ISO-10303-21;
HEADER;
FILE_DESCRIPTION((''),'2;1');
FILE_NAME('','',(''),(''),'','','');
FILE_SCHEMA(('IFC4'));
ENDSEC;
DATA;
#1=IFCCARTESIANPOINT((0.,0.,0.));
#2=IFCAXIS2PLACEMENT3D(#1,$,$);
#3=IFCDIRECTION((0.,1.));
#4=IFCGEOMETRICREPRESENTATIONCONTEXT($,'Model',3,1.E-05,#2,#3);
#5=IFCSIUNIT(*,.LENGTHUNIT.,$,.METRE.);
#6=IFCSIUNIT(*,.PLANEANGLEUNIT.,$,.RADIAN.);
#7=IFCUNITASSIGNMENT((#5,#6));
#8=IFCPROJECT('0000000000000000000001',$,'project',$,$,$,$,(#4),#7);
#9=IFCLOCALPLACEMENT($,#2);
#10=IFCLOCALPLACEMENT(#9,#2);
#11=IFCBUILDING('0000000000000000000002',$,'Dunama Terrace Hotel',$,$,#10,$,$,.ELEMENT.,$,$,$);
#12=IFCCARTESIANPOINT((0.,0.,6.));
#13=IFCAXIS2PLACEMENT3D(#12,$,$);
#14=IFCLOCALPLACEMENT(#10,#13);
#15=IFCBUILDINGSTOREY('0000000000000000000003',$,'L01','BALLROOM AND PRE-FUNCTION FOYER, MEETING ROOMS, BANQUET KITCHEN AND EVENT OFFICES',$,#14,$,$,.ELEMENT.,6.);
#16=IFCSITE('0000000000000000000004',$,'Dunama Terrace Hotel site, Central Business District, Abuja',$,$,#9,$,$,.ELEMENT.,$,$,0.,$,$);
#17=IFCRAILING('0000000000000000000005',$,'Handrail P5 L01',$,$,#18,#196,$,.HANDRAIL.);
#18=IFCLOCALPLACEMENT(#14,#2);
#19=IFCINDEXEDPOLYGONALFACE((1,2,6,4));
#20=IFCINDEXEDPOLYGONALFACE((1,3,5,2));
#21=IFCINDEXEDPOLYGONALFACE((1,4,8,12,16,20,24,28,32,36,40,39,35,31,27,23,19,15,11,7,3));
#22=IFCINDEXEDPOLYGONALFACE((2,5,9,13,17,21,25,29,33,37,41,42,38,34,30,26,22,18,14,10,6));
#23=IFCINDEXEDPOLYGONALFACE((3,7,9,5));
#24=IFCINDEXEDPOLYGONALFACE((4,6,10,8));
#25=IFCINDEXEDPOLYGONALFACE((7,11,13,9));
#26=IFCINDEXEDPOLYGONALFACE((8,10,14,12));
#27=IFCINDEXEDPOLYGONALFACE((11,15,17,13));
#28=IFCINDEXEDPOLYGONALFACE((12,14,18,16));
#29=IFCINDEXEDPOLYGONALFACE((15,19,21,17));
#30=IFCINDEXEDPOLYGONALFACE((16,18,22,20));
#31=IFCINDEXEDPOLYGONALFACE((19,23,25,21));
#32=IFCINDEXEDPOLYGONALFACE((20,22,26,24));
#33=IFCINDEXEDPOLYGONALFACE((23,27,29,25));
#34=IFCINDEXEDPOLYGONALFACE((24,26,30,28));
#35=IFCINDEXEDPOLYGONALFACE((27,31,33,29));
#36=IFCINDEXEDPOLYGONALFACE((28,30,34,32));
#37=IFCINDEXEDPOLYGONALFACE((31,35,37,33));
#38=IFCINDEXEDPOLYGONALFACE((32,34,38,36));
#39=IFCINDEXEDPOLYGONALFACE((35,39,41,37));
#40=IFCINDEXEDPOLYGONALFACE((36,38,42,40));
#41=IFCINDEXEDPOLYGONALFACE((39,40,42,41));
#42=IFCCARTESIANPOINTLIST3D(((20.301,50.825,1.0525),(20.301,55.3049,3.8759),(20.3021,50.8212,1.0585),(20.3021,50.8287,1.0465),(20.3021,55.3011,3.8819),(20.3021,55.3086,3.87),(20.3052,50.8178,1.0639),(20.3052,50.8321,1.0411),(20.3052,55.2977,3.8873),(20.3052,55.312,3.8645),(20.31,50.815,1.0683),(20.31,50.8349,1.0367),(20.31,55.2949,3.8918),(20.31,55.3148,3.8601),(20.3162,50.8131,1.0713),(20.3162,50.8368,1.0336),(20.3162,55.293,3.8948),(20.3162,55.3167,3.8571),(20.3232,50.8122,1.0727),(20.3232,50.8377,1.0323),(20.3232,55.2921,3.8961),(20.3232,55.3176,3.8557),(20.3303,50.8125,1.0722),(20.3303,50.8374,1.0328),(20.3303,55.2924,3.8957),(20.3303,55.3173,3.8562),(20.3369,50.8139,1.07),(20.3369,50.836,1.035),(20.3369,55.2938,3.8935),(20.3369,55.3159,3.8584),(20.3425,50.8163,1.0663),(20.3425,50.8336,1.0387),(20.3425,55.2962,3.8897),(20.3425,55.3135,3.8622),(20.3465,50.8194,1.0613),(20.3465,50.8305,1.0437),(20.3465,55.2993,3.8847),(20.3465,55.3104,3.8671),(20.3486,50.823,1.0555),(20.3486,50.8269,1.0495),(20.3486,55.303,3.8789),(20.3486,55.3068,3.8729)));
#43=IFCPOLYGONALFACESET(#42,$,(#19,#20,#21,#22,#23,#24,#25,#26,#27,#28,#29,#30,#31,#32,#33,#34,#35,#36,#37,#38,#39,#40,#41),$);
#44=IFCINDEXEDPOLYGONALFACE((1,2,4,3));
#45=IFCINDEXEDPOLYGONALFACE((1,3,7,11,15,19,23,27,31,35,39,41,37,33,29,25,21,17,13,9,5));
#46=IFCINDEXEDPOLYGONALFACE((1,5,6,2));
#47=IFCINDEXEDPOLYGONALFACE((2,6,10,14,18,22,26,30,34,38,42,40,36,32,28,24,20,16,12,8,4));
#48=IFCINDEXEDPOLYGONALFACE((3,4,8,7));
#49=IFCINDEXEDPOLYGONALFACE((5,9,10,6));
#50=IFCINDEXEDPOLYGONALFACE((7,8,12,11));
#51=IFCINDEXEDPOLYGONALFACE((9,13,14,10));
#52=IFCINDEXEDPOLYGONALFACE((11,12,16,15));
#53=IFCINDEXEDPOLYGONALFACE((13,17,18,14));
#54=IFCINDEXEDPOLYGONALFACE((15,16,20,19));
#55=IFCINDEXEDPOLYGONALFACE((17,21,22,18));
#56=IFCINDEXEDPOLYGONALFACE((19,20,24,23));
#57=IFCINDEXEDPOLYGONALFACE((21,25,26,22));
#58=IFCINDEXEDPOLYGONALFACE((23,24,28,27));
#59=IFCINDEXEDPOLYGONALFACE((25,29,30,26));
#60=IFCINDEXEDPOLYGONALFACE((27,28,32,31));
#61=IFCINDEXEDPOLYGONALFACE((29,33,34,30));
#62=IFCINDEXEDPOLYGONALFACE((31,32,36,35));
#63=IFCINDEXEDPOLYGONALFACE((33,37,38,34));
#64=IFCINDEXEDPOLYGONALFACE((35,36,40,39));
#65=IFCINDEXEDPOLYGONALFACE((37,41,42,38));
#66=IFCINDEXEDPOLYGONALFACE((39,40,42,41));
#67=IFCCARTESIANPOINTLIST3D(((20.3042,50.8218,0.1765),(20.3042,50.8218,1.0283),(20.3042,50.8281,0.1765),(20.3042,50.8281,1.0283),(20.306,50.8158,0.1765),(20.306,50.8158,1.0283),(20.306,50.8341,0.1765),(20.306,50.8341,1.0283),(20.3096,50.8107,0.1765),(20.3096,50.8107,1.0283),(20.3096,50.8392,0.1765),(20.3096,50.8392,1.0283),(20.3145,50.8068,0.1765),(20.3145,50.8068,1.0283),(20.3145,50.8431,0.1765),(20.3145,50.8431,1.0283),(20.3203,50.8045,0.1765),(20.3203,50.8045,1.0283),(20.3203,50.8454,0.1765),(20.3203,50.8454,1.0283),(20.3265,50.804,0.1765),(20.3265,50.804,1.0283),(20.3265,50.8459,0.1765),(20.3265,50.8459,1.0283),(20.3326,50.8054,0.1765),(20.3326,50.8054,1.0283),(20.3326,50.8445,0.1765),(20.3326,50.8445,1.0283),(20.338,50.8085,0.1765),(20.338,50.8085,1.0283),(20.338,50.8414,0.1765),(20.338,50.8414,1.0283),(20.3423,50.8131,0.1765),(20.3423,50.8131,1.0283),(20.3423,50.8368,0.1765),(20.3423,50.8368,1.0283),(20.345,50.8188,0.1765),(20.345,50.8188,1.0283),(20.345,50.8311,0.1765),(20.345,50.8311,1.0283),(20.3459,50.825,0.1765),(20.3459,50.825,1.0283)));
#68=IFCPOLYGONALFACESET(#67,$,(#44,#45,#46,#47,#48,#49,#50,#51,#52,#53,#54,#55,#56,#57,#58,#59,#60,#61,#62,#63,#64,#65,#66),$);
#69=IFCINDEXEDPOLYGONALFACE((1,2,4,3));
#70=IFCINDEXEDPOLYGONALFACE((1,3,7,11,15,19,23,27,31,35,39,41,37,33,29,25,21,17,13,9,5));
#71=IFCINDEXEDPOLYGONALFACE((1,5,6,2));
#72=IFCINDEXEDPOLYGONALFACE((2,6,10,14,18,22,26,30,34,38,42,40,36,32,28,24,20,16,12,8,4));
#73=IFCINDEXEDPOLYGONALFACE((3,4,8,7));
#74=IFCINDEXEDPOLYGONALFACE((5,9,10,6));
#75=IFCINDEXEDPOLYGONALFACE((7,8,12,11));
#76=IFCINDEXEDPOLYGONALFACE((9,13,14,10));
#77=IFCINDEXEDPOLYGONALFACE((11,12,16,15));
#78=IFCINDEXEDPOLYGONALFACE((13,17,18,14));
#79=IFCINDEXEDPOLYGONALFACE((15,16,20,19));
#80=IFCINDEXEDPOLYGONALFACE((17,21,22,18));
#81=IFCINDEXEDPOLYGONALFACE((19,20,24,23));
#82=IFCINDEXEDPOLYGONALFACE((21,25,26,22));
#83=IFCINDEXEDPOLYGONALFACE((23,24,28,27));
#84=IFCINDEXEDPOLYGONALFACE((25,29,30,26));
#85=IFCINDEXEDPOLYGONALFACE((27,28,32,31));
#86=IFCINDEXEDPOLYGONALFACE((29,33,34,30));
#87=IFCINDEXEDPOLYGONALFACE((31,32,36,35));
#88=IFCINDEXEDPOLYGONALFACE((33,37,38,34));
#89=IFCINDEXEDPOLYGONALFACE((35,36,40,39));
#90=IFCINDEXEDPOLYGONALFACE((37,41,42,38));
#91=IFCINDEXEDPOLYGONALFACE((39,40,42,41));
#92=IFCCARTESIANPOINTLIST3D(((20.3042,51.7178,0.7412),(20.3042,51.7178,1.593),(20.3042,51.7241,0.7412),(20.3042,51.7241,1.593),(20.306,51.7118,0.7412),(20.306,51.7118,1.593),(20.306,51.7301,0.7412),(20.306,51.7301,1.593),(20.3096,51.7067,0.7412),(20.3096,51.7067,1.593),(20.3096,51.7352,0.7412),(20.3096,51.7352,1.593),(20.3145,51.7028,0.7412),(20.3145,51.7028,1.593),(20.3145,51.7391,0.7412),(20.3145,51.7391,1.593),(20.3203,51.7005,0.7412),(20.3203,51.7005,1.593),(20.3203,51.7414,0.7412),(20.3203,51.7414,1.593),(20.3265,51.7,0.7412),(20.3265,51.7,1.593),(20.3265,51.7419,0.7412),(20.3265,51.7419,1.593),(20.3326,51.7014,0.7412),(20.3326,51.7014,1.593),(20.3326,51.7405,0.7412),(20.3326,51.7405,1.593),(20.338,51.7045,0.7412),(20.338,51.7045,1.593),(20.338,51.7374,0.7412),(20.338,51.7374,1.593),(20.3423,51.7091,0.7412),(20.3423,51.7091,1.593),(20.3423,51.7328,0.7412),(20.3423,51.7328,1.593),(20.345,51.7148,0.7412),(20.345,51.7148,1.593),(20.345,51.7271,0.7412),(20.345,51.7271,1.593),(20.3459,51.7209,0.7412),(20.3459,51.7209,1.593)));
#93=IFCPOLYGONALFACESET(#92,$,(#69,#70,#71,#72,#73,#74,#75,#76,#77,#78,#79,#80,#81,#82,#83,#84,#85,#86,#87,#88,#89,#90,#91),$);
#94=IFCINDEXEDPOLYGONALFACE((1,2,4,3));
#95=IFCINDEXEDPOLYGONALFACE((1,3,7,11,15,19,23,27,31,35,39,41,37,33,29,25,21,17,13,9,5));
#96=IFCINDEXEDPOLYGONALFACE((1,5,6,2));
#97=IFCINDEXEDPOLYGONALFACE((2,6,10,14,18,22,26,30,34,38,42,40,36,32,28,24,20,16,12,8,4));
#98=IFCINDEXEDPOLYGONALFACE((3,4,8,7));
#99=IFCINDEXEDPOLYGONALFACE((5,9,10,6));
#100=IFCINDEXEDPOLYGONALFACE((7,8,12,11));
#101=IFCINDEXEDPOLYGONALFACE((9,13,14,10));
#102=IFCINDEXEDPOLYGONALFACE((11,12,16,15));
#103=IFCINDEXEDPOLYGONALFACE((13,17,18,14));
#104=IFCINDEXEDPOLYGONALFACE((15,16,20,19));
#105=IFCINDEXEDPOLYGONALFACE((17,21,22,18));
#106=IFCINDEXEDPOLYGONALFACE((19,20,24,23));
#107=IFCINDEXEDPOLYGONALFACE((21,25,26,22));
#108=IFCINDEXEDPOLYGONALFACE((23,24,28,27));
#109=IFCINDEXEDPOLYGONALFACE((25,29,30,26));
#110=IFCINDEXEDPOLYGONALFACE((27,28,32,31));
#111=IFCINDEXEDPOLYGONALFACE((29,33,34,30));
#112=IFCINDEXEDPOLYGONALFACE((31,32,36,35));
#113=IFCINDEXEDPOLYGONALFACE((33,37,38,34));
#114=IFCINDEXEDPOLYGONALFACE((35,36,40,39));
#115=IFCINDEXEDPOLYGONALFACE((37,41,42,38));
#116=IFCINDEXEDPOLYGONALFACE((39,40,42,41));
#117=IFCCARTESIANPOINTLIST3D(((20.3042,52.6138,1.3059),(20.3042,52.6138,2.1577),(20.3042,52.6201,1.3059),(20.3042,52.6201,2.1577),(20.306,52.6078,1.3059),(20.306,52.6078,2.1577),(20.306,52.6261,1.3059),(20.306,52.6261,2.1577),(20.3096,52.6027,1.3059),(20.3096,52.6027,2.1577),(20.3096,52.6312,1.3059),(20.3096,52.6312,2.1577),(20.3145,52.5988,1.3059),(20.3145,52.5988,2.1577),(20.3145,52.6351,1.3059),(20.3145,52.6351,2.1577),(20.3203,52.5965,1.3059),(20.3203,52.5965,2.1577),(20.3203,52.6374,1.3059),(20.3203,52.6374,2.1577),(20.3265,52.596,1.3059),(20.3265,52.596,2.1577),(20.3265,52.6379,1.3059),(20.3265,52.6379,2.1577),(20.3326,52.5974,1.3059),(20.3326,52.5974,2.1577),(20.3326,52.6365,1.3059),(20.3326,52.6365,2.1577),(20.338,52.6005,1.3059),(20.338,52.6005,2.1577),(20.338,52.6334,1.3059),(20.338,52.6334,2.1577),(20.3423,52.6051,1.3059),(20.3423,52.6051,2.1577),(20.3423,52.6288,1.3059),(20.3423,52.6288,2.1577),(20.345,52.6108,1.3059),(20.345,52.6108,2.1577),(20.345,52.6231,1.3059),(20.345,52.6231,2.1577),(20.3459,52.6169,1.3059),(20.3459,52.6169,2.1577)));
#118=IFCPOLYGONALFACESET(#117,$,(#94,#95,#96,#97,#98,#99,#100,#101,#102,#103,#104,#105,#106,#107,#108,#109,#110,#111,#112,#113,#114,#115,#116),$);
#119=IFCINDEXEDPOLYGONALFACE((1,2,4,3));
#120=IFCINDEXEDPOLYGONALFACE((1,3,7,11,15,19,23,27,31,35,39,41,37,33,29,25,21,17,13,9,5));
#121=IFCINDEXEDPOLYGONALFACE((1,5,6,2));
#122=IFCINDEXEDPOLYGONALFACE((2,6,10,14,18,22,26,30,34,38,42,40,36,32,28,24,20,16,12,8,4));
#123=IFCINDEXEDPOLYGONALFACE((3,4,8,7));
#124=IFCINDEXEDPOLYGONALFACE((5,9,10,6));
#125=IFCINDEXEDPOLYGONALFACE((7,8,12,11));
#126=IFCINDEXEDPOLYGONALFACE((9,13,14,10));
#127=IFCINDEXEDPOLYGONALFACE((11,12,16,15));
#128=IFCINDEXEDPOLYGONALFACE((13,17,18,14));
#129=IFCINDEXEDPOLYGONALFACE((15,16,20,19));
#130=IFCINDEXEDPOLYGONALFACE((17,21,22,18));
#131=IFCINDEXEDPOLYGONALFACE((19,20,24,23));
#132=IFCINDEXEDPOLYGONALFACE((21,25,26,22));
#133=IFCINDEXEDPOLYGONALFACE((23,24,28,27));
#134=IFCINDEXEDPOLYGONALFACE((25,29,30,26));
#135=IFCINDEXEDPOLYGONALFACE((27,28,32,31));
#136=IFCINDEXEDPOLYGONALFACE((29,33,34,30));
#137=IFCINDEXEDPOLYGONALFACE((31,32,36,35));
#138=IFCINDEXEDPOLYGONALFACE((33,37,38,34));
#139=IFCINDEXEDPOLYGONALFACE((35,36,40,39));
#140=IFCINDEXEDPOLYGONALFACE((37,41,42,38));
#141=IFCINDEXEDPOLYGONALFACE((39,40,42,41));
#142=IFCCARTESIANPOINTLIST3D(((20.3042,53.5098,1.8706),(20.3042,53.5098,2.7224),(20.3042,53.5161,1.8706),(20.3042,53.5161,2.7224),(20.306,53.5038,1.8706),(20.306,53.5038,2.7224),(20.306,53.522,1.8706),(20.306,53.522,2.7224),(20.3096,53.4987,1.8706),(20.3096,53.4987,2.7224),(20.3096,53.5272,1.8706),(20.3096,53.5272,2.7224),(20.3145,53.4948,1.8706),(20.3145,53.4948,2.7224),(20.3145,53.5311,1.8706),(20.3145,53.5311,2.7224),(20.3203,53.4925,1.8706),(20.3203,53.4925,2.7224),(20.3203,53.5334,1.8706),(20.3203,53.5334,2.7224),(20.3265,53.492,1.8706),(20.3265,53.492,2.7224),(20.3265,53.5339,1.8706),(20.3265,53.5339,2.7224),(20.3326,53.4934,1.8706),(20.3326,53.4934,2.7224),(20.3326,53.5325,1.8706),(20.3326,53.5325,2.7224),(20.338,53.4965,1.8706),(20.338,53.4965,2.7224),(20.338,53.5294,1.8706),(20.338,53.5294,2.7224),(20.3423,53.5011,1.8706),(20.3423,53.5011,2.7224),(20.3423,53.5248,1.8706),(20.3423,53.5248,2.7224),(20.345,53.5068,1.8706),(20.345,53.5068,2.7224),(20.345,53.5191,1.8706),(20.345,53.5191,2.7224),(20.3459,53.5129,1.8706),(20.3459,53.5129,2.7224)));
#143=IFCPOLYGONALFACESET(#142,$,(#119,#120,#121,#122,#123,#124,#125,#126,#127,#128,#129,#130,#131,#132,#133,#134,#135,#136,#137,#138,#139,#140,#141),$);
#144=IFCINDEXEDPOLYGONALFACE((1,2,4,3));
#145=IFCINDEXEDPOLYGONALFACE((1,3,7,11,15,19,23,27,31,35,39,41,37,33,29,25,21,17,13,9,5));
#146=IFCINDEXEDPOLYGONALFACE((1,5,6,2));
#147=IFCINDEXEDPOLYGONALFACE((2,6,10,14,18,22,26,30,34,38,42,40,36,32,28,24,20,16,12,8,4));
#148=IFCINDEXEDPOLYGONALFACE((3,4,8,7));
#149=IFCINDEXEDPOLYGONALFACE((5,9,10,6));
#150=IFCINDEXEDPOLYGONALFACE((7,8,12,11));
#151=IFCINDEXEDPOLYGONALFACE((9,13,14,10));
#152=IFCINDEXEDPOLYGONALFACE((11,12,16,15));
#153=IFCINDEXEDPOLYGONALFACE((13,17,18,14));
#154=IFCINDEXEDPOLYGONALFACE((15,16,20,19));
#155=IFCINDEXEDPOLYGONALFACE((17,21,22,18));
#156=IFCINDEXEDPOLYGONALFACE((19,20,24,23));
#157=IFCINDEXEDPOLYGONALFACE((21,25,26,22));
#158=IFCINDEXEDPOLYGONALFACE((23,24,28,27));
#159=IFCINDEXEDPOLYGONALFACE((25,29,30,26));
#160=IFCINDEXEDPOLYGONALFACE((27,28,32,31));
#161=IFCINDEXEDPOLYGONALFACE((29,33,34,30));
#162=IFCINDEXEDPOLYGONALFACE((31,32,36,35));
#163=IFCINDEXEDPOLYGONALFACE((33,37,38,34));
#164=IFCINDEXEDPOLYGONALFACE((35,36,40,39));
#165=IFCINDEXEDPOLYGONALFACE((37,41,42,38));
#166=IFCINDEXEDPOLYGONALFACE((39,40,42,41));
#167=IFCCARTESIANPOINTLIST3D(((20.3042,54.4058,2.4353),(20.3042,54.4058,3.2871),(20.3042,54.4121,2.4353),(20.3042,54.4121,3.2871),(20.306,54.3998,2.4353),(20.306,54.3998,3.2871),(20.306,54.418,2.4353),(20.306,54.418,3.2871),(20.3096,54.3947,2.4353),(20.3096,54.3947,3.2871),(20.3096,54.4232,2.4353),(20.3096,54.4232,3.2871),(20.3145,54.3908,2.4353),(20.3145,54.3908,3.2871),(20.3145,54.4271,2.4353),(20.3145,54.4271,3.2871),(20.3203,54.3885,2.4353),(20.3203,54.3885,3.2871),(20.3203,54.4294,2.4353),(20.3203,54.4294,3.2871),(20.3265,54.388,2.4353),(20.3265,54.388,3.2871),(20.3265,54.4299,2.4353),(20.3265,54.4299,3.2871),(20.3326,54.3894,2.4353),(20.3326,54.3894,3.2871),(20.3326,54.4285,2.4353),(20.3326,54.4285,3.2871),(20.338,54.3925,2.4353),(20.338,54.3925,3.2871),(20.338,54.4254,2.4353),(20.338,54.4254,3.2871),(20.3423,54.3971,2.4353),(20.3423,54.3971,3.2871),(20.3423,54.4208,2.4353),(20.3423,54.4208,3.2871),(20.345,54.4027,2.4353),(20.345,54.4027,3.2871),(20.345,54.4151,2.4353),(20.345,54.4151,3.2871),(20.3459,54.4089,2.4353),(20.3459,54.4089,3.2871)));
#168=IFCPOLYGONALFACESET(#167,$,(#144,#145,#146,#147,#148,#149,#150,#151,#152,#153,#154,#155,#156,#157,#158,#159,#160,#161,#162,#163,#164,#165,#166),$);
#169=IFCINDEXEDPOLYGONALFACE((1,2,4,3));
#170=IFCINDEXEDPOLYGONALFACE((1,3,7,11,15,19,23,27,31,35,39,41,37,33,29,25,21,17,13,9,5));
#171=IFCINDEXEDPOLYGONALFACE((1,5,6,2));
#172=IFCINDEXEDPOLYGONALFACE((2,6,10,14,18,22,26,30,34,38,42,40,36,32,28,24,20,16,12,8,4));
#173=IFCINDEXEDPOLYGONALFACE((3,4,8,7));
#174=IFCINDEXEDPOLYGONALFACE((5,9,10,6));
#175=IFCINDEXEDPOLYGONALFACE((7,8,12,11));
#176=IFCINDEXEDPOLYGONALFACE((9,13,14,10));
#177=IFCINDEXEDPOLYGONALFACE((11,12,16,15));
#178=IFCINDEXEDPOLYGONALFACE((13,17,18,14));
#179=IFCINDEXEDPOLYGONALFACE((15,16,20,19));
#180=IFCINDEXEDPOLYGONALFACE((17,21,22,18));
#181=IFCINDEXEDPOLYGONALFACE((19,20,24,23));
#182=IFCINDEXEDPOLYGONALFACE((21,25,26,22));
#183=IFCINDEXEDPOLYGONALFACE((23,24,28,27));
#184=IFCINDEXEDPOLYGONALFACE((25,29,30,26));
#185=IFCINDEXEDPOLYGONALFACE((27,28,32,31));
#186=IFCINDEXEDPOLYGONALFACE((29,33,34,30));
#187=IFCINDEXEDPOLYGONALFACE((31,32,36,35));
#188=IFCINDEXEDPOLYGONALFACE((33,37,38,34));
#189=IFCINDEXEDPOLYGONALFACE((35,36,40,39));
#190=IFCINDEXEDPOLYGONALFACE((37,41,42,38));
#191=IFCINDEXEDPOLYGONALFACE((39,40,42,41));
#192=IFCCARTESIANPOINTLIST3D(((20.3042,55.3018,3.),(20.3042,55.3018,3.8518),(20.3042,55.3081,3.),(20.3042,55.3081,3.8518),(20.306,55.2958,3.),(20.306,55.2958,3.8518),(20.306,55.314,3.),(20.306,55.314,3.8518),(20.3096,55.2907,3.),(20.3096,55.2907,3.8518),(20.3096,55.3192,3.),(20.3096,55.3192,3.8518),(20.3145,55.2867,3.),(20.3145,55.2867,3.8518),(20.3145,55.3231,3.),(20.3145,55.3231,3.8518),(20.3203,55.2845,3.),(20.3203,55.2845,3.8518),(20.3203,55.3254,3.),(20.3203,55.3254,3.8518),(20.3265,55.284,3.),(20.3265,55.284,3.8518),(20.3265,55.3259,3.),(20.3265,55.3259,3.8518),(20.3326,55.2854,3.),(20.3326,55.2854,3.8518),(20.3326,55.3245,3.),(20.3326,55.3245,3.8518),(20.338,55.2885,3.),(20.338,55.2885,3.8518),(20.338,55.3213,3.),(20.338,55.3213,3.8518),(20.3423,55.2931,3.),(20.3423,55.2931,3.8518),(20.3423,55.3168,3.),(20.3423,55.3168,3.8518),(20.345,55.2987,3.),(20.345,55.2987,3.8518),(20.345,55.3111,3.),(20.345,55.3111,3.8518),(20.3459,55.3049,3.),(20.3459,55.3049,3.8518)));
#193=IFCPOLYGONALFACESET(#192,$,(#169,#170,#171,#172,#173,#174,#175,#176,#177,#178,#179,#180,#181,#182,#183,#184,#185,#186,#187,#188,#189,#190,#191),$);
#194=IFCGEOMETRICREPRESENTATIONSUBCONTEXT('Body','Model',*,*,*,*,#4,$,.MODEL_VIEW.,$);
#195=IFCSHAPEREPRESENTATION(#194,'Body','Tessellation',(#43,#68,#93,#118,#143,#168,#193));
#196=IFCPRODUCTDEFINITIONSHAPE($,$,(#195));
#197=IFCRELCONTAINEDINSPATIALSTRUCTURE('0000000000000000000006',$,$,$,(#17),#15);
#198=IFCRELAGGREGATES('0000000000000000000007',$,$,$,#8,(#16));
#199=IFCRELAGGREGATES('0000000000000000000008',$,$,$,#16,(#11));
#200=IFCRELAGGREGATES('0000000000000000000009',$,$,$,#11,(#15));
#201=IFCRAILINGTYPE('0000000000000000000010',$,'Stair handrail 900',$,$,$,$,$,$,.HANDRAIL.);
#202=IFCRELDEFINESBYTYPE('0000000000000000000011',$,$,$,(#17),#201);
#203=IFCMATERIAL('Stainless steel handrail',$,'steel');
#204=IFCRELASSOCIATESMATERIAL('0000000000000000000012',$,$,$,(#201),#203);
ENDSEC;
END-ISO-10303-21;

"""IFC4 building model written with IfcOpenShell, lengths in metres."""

from ifc_helpers import new_model, si_unit, direction, frame, origin, origin_2d, place, context, subcontext, project, spatial, circle, extrude, material, type_object, element, save


model = new_model("IFC4")

# Units and contexts
model_context = context("Model", 3, precision=1e-05, world=origin(), true_north=direction((0.0, 1.0)))
body_context = subcontext(model_context, "Body", "Model", "MODEL_VIEW")
ifc_project = project(units=[si_unit("LENGTHUNIT", "METRE"), si_unit("PLANEANGLEUNIT", "RADIAN")], contexts=[model_context])

# Site, building, storey
site_placement = place(None, origin())
site = spatial("IfcSite", under=ifc_project, at=site_placement, Name="Dunama Terrace Hotel site, Central Business District, Abuja", CompositionType="ELEMENT", RefElevation=0.0)
building_placement = place(site_placement, origin())
building = spatial("IfcBuilding", under=site, at=building_placement, Name="Dunama Terrace Hotel", CompositionType="ELEMENT")
storey_placement = place(building_placement, frame((0.0, 0.0, 6.0)))
storey = spatial("IfcBuildingStorey", under=building, at=storey_placement, Name="L01", Description="BALLROOM AND PRE-FUNCTION FOYER, MEETING ROOMS, BANQUET KITCHEN AND EVENT OFFICES", CompositionType="ELEMENT", Elevation=6.0)

# Railing
ifc_material_1 = material(Name="Stainless steel handrail", Category="steel")
railing_type = type_object("IfcRailingType", Name="Stair handrail 900", PredefinedType="HANDRAIL", material=ifc_material_1)
railing_placement = place(storey_placement, frame((20.325, 50.825, 0.1765)))
element("IfcRailing", 1, at=railing_placement, inside=storey, type_object=railing_type, Name="Handrail P5 L01", PredefinedType="HANDRAIL", context=body_context, shape_type="SweptSolid", body=[
    extrude(circle(Radius=0.0239, at=origin_2d()), frame((0.0, 0.0, 0.876), z_axis=(0.0, 0.845998, 0.533186), x_axis=(-1.0, 0.0, 0.0)), (0.0, 0.0, 1.0), 5.2954),
    extrude(circle(Radius=0.021, at=origin_2d()), origin(), (0.0, 0.0, 1.0), 0.8518),
    extrude(circle(Radius=0.021, at=origin_2d()), frame((0.0, 0.896, 0.5647)), (0.0, 0.0, 1.0), 0.8518),
    extrude(circle(Radius=0.021, at=origin_2d()), frame((0.0, 1.792, 1.1294)), (0.0, 0.0, 1.0), 0.8518),
    extrude(circle(Radius=0.021, at=origin_2d()), frame((0.0, 2.688, 1.6941)), (0.0, 0.0, 1.0), 0.8518),
    extrude(circle(Radius=0.021, at=origin_2d()), frame((0.0, 3.584, 2.2588)), (0.0, 0.0, 1.0), 0.8518),
    extrude(circle(Radius=0.021, at=origin_2d()), frame((0.0, 4.48, 2.8235)), (0.0, 0.0, 1.0), 0.8518),
])

save(model, "model.ifc")
